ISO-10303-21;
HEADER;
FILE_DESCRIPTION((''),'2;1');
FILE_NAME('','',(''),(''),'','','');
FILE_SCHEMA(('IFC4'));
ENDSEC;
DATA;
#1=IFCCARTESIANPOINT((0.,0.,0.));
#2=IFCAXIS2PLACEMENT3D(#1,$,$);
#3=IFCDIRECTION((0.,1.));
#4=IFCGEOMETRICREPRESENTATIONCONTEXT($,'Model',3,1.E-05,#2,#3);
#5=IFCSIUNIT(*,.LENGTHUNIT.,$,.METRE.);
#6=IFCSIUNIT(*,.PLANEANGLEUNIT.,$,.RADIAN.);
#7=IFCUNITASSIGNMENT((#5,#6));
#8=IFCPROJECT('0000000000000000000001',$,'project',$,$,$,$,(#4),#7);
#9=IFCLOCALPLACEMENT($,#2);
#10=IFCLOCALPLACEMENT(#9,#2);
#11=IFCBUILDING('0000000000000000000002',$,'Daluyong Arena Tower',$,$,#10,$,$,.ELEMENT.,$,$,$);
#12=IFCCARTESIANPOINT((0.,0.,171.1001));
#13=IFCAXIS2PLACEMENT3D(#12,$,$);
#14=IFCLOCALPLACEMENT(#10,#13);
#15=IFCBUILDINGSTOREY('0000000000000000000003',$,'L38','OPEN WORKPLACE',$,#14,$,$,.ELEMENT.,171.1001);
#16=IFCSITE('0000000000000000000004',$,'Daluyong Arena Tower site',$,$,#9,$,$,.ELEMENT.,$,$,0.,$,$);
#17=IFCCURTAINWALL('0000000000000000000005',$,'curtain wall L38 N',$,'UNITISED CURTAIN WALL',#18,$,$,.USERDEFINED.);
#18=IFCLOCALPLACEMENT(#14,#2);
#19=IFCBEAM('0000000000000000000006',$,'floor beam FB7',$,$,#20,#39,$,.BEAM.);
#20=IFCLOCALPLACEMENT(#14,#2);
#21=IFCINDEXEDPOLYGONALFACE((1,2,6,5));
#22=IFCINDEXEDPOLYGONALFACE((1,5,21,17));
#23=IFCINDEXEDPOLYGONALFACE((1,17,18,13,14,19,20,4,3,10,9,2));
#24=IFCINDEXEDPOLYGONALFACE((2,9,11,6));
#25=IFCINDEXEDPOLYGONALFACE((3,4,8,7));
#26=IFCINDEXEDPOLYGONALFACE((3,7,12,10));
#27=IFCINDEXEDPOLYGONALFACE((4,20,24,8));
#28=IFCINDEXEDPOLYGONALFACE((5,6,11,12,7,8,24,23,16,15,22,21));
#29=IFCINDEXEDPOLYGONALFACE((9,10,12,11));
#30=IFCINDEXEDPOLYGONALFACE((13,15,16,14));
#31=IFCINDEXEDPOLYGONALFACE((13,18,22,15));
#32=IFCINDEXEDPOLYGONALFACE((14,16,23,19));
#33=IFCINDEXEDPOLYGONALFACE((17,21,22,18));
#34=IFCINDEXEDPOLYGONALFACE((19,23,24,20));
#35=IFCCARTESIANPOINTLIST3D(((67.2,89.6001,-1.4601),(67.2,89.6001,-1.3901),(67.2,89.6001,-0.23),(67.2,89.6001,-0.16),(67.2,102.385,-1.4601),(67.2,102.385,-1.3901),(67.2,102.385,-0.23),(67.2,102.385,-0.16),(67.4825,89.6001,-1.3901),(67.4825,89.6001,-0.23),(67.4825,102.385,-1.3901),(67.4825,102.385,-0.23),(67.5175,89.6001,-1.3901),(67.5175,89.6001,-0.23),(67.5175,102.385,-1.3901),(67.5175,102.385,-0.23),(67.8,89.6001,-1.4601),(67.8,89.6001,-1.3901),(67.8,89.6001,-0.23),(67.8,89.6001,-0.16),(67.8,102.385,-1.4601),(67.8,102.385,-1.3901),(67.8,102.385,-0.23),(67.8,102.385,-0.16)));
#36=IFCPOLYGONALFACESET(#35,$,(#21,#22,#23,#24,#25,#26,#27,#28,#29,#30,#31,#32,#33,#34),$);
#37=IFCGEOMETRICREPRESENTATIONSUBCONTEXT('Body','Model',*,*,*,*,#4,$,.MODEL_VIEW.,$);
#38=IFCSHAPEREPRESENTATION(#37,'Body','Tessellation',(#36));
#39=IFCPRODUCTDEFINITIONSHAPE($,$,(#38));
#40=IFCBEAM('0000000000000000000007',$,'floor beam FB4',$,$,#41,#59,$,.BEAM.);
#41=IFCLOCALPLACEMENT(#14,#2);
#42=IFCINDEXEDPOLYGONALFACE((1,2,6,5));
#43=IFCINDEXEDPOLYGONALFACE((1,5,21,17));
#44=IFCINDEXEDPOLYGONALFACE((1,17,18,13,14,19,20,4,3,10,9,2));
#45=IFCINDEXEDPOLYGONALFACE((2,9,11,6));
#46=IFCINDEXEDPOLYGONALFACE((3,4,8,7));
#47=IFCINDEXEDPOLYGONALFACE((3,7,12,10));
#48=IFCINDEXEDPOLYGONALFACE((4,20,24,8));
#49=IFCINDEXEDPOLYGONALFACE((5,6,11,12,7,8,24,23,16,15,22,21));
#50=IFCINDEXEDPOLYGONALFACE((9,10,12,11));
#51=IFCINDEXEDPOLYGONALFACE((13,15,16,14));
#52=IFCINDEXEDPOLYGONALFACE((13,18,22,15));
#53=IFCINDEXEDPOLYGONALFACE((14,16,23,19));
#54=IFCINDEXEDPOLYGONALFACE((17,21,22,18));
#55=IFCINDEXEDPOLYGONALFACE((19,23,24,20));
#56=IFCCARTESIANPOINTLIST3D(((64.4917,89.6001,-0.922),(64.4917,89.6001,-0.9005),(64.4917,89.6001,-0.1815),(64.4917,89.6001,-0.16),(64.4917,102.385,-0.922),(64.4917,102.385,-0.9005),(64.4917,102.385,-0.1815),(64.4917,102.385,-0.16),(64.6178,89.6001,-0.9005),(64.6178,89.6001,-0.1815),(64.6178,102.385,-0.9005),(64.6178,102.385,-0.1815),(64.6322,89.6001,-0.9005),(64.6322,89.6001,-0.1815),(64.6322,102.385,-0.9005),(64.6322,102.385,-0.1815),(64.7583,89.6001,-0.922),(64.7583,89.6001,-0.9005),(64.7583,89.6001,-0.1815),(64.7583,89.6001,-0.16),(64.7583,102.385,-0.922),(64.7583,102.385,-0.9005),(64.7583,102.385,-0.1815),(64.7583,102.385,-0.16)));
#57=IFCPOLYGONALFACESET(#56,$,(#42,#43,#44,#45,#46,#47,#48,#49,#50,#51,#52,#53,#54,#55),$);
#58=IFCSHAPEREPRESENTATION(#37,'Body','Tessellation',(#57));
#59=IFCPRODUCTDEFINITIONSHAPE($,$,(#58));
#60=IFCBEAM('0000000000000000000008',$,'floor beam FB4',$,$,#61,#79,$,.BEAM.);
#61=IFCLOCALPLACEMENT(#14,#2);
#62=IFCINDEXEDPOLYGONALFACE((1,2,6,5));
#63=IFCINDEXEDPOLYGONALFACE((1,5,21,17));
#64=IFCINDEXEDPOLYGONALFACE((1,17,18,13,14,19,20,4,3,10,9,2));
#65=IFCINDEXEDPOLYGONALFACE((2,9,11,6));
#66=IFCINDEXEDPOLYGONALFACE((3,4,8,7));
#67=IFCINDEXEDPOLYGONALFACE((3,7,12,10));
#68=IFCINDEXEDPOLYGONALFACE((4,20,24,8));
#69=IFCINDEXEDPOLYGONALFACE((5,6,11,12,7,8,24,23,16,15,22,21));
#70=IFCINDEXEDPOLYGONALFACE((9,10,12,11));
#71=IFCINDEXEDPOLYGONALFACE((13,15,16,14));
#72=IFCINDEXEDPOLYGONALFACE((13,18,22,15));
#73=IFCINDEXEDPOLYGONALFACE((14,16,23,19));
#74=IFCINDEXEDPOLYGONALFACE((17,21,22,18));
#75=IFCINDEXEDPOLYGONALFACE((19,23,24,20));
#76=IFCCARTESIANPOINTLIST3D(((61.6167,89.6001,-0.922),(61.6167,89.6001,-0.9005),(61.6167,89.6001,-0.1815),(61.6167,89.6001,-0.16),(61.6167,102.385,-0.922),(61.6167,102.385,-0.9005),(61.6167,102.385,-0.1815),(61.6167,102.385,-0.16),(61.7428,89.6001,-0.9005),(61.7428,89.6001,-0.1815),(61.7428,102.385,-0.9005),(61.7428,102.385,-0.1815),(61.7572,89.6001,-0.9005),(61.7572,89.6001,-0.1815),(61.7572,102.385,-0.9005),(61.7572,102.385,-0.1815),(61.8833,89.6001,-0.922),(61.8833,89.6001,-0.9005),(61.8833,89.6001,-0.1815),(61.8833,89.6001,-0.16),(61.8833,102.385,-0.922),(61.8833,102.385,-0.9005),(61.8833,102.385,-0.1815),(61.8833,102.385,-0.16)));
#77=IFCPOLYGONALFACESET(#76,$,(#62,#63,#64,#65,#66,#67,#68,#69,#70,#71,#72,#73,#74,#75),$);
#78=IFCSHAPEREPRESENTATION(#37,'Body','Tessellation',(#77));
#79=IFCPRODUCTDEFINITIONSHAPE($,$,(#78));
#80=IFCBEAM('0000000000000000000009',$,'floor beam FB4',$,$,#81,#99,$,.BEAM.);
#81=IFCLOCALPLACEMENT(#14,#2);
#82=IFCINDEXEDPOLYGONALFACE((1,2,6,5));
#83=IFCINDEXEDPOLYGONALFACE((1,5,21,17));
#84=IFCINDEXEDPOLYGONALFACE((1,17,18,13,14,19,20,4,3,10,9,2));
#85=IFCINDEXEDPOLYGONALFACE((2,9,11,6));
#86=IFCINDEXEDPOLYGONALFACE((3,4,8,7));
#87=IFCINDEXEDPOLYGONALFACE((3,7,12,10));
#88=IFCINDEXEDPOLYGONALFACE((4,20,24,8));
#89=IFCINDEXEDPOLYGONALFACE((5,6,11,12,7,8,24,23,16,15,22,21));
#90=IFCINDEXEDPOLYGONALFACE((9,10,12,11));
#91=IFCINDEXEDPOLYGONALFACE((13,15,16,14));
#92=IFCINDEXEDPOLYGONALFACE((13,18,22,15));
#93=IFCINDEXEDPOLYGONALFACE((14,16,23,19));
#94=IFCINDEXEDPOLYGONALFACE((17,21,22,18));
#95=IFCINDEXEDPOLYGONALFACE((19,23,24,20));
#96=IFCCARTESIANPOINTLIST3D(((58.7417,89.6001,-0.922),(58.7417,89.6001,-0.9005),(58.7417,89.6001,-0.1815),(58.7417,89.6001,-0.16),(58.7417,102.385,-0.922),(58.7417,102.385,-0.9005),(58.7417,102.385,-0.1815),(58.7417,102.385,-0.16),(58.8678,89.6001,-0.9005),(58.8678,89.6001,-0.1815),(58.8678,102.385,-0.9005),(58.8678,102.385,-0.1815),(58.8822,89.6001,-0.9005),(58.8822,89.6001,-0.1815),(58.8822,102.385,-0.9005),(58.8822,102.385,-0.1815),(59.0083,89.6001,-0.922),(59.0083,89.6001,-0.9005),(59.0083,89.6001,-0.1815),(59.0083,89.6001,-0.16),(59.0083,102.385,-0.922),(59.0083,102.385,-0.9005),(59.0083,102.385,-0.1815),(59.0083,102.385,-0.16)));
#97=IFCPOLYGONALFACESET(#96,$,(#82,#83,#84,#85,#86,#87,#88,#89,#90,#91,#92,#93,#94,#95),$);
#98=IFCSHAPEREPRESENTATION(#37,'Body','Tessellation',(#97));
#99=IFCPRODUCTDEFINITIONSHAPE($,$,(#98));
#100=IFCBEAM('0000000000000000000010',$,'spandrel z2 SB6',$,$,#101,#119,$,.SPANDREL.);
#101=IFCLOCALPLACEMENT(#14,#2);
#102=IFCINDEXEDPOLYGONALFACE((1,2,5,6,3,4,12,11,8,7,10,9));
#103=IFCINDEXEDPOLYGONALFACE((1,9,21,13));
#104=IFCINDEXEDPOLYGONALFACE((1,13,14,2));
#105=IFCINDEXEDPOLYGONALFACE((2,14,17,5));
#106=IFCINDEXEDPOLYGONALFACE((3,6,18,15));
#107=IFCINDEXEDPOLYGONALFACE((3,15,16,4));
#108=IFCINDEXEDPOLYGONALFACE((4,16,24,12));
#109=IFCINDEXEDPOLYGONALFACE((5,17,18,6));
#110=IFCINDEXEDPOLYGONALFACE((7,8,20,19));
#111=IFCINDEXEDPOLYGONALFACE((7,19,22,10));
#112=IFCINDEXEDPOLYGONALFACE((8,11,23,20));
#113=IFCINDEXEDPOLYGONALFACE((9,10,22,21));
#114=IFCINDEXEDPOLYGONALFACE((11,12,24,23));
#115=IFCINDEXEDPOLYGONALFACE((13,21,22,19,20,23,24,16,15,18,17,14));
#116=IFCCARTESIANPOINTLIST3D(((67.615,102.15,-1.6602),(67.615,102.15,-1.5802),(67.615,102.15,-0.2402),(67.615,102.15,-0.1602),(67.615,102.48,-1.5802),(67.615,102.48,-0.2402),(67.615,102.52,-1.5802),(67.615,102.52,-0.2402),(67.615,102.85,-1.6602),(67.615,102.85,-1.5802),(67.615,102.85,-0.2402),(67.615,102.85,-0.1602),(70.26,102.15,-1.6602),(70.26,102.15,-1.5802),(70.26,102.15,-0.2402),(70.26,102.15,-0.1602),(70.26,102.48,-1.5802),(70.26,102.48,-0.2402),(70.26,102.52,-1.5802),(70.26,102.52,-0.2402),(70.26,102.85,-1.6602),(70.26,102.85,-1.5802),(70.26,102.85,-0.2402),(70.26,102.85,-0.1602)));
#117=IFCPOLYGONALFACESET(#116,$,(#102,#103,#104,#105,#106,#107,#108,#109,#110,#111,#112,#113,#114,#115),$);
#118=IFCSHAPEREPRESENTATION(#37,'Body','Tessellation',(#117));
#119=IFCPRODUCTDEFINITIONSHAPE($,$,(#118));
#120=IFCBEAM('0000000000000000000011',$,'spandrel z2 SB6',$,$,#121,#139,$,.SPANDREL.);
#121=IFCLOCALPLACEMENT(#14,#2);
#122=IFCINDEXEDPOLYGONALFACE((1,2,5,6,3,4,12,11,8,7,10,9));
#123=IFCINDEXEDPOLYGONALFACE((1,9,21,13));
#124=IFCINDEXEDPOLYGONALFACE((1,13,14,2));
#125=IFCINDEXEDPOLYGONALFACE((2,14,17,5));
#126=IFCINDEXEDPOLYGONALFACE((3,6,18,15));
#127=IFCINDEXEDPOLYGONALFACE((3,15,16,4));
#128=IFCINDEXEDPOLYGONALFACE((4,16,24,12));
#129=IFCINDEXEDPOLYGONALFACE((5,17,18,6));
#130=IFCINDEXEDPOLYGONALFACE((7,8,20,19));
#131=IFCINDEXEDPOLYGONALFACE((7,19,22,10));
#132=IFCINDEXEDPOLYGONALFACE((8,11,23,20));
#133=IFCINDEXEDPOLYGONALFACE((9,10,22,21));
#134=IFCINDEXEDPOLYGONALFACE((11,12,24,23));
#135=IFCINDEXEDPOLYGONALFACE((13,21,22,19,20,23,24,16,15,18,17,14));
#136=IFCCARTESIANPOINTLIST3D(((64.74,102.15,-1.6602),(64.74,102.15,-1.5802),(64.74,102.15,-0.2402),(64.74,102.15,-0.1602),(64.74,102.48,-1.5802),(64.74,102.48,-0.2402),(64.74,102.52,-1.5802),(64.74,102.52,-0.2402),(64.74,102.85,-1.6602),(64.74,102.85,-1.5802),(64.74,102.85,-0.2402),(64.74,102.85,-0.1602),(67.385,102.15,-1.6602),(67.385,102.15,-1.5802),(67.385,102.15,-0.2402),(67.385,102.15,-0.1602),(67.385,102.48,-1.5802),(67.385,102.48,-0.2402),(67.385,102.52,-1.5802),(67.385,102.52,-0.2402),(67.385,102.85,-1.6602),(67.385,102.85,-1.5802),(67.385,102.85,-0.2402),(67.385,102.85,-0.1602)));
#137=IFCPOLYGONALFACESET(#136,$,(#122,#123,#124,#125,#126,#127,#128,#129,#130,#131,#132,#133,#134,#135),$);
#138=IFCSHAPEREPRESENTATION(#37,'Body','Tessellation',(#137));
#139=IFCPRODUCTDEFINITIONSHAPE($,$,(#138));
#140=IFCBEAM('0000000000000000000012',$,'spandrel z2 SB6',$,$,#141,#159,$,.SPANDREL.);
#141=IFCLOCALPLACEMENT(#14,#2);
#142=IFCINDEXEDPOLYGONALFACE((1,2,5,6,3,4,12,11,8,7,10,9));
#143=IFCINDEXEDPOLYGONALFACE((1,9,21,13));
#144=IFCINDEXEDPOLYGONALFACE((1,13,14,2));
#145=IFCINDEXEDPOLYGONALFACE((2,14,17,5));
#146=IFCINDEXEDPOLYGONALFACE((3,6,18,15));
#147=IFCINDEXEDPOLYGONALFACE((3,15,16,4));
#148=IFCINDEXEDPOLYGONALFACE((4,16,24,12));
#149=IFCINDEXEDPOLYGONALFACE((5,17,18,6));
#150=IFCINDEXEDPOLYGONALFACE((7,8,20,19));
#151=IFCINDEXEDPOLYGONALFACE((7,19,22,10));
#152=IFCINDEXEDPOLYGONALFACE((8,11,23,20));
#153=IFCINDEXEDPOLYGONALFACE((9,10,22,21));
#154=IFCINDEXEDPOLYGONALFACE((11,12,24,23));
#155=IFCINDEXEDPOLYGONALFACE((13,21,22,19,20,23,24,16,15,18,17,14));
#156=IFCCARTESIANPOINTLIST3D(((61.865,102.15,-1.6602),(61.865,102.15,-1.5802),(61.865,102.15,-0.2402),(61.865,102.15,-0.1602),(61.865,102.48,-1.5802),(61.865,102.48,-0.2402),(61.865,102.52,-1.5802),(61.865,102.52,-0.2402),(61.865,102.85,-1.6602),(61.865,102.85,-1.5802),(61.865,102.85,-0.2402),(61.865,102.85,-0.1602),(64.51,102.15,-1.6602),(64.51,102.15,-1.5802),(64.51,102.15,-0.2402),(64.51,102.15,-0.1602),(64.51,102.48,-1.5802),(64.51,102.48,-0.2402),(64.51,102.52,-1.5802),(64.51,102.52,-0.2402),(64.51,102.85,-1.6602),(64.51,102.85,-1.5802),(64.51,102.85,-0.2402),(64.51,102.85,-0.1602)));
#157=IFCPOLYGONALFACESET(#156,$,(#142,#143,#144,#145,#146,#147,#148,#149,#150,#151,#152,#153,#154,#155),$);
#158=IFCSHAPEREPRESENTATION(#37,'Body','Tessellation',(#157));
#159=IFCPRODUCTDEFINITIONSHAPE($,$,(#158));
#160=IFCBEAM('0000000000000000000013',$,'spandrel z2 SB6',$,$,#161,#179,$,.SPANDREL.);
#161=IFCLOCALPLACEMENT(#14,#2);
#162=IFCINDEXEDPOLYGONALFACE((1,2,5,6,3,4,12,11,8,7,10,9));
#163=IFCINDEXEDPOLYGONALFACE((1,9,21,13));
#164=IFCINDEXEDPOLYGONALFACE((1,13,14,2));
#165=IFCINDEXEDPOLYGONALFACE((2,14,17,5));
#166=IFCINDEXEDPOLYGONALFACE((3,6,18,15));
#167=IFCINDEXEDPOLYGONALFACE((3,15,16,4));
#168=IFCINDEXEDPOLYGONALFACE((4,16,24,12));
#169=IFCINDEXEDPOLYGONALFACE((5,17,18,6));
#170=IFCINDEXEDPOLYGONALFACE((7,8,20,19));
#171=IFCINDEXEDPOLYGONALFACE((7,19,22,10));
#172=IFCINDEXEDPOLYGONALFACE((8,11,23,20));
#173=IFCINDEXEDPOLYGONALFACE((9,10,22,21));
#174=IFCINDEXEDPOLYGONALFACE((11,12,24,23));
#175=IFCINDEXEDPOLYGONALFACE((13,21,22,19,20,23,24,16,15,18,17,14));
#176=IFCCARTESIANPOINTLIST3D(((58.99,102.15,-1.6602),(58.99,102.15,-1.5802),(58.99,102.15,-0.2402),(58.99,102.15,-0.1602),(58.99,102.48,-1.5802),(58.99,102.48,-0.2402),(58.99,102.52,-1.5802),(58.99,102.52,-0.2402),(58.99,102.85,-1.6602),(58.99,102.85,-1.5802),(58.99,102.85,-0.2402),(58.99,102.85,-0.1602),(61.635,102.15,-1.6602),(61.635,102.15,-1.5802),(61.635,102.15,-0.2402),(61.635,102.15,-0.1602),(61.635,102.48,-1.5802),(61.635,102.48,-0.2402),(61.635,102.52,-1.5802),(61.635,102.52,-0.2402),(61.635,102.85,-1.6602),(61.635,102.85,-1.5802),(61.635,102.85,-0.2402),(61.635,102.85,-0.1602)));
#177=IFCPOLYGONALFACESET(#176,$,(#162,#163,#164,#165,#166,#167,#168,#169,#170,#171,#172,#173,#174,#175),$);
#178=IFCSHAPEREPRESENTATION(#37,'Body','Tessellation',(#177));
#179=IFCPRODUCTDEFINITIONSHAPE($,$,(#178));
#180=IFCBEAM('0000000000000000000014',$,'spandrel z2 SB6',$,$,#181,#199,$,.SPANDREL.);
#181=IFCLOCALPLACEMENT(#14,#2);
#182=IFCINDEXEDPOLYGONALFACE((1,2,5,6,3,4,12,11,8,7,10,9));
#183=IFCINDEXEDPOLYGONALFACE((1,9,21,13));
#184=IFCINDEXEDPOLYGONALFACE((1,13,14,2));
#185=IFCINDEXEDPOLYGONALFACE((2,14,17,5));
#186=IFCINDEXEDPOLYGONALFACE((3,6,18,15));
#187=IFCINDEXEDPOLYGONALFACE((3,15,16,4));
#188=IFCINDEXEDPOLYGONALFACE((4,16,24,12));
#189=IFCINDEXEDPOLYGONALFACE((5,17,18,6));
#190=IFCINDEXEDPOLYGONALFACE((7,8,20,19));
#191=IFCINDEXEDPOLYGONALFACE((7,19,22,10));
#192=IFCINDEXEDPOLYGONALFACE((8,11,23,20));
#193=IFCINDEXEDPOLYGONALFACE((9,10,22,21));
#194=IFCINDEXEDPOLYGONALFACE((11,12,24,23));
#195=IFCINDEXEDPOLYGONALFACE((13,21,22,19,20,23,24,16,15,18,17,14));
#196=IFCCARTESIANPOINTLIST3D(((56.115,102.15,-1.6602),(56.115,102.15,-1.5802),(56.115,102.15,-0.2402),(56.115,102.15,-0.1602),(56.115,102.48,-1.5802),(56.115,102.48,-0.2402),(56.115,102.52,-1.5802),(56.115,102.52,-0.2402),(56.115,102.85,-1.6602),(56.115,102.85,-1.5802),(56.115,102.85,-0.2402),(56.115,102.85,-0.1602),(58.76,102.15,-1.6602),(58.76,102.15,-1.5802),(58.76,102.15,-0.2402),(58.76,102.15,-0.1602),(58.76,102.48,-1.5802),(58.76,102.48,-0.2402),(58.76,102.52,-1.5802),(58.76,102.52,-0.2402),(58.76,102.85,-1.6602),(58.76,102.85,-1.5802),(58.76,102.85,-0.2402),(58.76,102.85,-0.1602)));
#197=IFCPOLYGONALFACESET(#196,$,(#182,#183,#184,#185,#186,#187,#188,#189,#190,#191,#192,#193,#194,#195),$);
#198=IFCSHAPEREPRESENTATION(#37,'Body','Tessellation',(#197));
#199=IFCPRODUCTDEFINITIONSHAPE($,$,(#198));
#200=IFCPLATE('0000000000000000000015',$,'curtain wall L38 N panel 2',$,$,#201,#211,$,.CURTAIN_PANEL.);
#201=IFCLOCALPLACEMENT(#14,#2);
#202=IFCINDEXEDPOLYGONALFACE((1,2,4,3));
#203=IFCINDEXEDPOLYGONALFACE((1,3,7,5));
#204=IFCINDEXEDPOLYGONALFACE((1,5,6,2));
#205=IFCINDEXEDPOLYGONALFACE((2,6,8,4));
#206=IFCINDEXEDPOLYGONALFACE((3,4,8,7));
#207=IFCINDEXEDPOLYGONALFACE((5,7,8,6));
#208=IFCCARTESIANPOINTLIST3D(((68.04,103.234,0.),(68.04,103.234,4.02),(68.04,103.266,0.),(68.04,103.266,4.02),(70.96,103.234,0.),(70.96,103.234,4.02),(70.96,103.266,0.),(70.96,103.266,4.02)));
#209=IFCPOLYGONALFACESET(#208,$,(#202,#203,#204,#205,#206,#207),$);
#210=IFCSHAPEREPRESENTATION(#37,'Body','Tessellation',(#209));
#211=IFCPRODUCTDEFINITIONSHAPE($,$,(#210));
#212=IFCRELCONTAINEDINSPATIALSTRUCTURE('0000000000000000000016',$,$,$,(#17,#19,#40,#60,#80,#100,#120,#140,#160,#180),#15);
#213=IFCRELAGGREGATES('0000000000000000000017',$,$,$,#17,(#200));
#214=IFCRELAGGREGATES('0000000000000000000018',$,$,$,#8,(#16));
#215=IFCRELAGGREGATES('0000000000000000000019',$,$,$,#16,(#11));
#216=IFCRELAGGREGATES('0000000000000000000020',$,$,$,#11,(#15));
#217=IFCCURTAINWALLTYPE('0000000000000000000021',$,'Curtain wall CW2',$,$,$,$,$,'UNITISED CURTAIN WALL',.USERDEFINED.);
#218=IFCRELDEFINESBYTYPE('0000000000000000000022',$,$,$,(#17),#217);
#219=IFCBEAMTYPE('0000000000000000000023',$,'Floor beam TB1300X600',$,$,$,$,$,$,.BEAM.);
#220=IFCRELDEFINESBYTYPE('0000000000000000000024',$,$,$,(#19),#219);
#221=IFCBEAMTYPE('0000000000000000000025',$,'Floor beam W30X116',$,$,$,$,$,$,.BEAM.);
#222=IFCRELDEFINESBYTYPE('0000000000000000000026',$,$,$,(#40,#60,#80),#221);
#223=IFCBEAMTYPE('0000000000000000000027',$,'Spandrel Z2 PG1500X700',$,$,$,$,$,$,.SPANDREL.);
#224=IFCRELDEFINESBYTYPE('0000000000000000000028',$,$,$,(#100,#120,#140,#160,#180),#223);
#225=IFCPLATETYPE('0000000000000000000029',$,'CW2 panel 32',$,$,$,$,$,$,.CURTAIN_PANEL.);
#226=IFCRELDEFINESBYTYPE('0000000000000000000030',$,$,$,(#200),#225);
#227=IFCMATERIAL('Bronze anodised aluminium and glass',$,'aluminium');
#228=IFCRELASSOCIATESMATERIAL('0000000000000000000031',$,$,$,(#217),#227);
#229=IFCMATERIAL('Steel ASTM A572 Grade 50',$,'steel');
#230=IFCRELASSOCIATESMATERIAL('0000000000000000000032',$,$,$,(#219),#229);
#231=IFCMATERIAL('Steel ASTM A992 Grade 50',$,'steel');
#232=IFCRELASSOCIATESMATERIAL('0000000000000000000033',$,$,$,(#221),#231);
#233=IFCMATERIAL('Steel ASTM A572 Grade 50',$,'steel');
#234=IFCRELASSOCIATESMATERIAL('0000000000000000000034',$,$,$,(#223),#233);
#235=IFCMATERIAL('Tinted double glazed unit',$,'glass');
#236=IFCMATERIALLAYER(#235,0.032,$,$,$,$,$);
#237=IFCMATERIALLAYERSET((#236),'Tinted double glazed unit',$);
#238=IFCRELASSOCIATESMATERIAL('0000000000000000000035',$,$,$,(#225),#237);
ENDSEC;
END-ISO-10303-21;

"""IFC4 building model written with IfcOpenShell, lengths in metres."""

from ifc_helpers import new_model, si_unit, direction, frame, origin, origin_2d, place, context, subcontext, project, spatial, rectangle, i_section, extrude, material, layer, layer_set, material_profile, profile_set, type_object, element, aggregate, save


model = new_model("IFC4")

# Units and contexts
model_context = context("Model", 3, precision=1e-05, world=origin(), true_north=direction((0.0, 1.0)))
body_context = subcontext(model_context, "Body", "Model", "MODEL_VIEW")
ifc_project = project(units=[si_unit("LENGTHUNIT", "METRE"), si_unit("PLANEANGLEUNIT", "RADIAN")], contexts=[model_context])

# Site, building, storey
site_placement = place(None, origin())
site = spatial("IfcSite", under=ifc_project, at=site_placement, Name="Daluyong Arena Tower site", CompositionType="ELEMENT", RefElevation=0.0)
building_placement = place(site_placement, origin())
building = spatial("IfcBuilding", under=site, at=building_placement, Name="Daluyong Arena Tower", CompositionType="ELEMENT")
storey_placement = place(building_placement, frame((0.0, 0.0, 171.1001)))
storey = spatial("IfcBuildingStorey", under=building, at=storey_placement, Name="L38", Description="OPEN WORKPLACE", CompositionType="ELEMENT", Elevation=171.1001)

# Curtain wall
ifc_material_1 = material(Name="Bronze anodised aluminium and glass", Category="aluminium")
curtain_wall_type = type_object("IfcCurtainWallType", Name="Curtain wall CW2", ElementType="UNITISED CURTAIN WALL", PredefinedType="USERDEFINED", material=ifc_material_1)
curtain_wall_placement = place(storey_placement, origin())
curtain_wall = element("IfcCurtainWall", 1, at=curtain_wall_placement, inside=storey, type_object=curtain_wall_type, Name="curtain wall L38 N", ObjectType="UNITISED CURTAIN WALL", PredefinedType="USERDEFINED")

# Beams
ifc_material_2 = material(Name="Steel ASTM A572 Grade 50", Category="steel")
ifc_material_profile_1 = material_profile(ifc_material_2, i_section(OverallWidth=0.6001, OverallDepth=1.3, WebThickness=0.035, FlangeThickness=0.07, at=origin_2d()))
ifc_profile_set_1 = profile_set([ifc_material_profile_1], Name="Steel ASTM A572 Grade 50")
beam_type_1 = type_object("IfcBeamType", Name="Floor beam TB1300X600", PredefinedType="BEAM", material=ifc_profile_set_1)
beam_placement = place(storey_placement, frame((67.5, 102.385, -0.8101), z_axis=(0.0, -1.0, 0.0), x_axis=(1.0, 0.0, 0.0)))
element("IfcBeam", 2, at=beam_placement, inside=storey, type_object=beam_type_1, Name="floor beam FB7", PredefinedType="BEAM", context=body_context, shape_type="SweptSolid", body=[
    extrude(i_section(OverallWidth=0.6001, OverallDepth=1.3, WebThickness=0.035, FlangeThickness=0.07, at=origin_2d()), origin(), (0.0, 0.0, 1.0), 12.7849),
])
ifc_material_3 = material(Name="Steel ASTM A992 Grade 50", Category="steel")
ifc_material_profile_2 = material_profile(ifc_material_3, i_section(OverallWidth=0.2666, OverallDepth=0.762, WebThickness=0.0144, FlangeThickness=0.0215, at=origin_2d()))
ifc_profile_set_2 = profile_set([ifc_material_profile_2], Name="Steel ASTM A992 Grade 50")
beam_type_2 = type_object("IfcBeamType", Name="Floor beam W30X116", PredefinedType="BEAM", material=ifc_profile_set_2)
for number, where, z_axis, x_axis, name in (
    (3, (64.625, 102.385, -0.541), (0.0, -1.0, 0.0), (1.0, 0.0, 0.0), "floor beam FB4"),
    (4, (61.75, 102.385, -0.541), (0.0, -1.0, 0.0), (1.0, 0.0, 0.0), "floor beam FB4"),
    (5, (58.875, 102.385, -0.541), (0.0, -1.0, 0.0), (1.0, 0.0, 0.0), "floor beam FB4"),
):
    element("IfcBeam", number, at=place(storey_placement, frame(where, z_axis=z_axis, x_axis=x_axis)), inside=storey, type_object=beam_type_2, Name=name, PredefinedType="BEAM", context=body_context, shape_type="SweptSolid", body=[
        extrude(i_section(OverallWidth=0.2666, OverallDepth=0.762, WebThickness=0.0144, FlangeThickness=0.0215, at=origin_2d()), origin(), (0.0, 0.0, 1.0), 12.7849),
    ])
ifc_material_4 = material(Name="Steel ASTM A572 Grade 50", Category="steel")
ifc_material_profile_3 = material_profile(ifc_material_4, i_section(OverallWidth=0.7, OverallDepth=1.5, WebThickness=0.04, FlangeThickness=0.08, at=origin_2d()))
ifc_profile_set_3 = profile_set([ifc_material_profile_3], Name="Steel ASTM A572 Grade 50")
beam_type_3 = type_object("IfcBeamType", Name="Spandrel Z2 PG1500X700", PredefinedType="SPANDREL", material=ifc_profile_set_3)
for number, where, z_axis, x_axis, name in (
    (6, (70.26, 102.5, -0.9102), (-1.0, 0.0, 0.0), (0.0, -1.0, 0.0), "spandrel z2 SB6"),
    (7, (67.385, 102.5, -0.9102), (-1.0, 0.0, 0.0), (0.0, -1.0, 0.0), "spandrel z2 SB6"),
    (8, (64.51, 102.5, -0.9102), (-1.0, 0.0, 0.0), (0.0, -1.0, 0.0), "spandrel z2 SB6"),
    (9, (61.635, 102.5, -0.9102), (-1.0, 0.0, 0.0), (0.0, -1.0, 0.0), "spandrel z2 SB6"),
    (10, (58.76, 102.5, -0.9102), (-1.0, 0.0, 0.0), (0.0, -1.0, 0.0), "spandrel z2 SB6"),
):
    element("IfcBeam", number, at=place(storey_placement, frame(where, z_axis=z_axis, x_axis=x_axis)), inside=storey, type_object=beam_type_3, Name=name, PredefinedType="SPANDREL", context=body_context, shape_type="SweptSolid", body=[
        extrude(i_section(OverallWidth=0.7, OverallDepth=1.5, WebThickness=0.04, FlangeThickness=0.08, at=origin_2d()), origin(), (0.0, 0.0, 1.0), 2.645),
    ])

# Plate
ifc_material_5 = material(Name="Tinted double glazed unit", Category="glass")
ifc_layer_1 = layer(ifc_material_5, 0.032)
ifc_layer_set_1 = layer_set([ifc_layer_1], Name="Tinted double glazed unit")
plate_type = type_object("IfcPlateType", Name="CW2 panel 32", PredefinedType="CURTAIN_PANEL", material=ifc_layer_set_1)
plate_1_placement = place(storey_placement, frame((69.5, 103.25, 0.0), z_axis=(0.0, 0.0, 1.0), x_axis=(-1.0, 0.0, 0.0)))
plate_1 = element("IfcPlate", 11, at=plate_1_placement, type_object=plate_type, Name="curtain wall L38 N panel 2", PredefinedType="CURTAIN_PANEL", context=body_context, shape_type="SweptSolid", body=[
    extrude(rectangle(XDim=2.9199, YDim=0.032, at=origin_2d()), origin(), (0.0, 0.0, 1.0), 4.02),
])
aggregate(curtain_wall, [plate_1])

save(model, "model.ifc")
